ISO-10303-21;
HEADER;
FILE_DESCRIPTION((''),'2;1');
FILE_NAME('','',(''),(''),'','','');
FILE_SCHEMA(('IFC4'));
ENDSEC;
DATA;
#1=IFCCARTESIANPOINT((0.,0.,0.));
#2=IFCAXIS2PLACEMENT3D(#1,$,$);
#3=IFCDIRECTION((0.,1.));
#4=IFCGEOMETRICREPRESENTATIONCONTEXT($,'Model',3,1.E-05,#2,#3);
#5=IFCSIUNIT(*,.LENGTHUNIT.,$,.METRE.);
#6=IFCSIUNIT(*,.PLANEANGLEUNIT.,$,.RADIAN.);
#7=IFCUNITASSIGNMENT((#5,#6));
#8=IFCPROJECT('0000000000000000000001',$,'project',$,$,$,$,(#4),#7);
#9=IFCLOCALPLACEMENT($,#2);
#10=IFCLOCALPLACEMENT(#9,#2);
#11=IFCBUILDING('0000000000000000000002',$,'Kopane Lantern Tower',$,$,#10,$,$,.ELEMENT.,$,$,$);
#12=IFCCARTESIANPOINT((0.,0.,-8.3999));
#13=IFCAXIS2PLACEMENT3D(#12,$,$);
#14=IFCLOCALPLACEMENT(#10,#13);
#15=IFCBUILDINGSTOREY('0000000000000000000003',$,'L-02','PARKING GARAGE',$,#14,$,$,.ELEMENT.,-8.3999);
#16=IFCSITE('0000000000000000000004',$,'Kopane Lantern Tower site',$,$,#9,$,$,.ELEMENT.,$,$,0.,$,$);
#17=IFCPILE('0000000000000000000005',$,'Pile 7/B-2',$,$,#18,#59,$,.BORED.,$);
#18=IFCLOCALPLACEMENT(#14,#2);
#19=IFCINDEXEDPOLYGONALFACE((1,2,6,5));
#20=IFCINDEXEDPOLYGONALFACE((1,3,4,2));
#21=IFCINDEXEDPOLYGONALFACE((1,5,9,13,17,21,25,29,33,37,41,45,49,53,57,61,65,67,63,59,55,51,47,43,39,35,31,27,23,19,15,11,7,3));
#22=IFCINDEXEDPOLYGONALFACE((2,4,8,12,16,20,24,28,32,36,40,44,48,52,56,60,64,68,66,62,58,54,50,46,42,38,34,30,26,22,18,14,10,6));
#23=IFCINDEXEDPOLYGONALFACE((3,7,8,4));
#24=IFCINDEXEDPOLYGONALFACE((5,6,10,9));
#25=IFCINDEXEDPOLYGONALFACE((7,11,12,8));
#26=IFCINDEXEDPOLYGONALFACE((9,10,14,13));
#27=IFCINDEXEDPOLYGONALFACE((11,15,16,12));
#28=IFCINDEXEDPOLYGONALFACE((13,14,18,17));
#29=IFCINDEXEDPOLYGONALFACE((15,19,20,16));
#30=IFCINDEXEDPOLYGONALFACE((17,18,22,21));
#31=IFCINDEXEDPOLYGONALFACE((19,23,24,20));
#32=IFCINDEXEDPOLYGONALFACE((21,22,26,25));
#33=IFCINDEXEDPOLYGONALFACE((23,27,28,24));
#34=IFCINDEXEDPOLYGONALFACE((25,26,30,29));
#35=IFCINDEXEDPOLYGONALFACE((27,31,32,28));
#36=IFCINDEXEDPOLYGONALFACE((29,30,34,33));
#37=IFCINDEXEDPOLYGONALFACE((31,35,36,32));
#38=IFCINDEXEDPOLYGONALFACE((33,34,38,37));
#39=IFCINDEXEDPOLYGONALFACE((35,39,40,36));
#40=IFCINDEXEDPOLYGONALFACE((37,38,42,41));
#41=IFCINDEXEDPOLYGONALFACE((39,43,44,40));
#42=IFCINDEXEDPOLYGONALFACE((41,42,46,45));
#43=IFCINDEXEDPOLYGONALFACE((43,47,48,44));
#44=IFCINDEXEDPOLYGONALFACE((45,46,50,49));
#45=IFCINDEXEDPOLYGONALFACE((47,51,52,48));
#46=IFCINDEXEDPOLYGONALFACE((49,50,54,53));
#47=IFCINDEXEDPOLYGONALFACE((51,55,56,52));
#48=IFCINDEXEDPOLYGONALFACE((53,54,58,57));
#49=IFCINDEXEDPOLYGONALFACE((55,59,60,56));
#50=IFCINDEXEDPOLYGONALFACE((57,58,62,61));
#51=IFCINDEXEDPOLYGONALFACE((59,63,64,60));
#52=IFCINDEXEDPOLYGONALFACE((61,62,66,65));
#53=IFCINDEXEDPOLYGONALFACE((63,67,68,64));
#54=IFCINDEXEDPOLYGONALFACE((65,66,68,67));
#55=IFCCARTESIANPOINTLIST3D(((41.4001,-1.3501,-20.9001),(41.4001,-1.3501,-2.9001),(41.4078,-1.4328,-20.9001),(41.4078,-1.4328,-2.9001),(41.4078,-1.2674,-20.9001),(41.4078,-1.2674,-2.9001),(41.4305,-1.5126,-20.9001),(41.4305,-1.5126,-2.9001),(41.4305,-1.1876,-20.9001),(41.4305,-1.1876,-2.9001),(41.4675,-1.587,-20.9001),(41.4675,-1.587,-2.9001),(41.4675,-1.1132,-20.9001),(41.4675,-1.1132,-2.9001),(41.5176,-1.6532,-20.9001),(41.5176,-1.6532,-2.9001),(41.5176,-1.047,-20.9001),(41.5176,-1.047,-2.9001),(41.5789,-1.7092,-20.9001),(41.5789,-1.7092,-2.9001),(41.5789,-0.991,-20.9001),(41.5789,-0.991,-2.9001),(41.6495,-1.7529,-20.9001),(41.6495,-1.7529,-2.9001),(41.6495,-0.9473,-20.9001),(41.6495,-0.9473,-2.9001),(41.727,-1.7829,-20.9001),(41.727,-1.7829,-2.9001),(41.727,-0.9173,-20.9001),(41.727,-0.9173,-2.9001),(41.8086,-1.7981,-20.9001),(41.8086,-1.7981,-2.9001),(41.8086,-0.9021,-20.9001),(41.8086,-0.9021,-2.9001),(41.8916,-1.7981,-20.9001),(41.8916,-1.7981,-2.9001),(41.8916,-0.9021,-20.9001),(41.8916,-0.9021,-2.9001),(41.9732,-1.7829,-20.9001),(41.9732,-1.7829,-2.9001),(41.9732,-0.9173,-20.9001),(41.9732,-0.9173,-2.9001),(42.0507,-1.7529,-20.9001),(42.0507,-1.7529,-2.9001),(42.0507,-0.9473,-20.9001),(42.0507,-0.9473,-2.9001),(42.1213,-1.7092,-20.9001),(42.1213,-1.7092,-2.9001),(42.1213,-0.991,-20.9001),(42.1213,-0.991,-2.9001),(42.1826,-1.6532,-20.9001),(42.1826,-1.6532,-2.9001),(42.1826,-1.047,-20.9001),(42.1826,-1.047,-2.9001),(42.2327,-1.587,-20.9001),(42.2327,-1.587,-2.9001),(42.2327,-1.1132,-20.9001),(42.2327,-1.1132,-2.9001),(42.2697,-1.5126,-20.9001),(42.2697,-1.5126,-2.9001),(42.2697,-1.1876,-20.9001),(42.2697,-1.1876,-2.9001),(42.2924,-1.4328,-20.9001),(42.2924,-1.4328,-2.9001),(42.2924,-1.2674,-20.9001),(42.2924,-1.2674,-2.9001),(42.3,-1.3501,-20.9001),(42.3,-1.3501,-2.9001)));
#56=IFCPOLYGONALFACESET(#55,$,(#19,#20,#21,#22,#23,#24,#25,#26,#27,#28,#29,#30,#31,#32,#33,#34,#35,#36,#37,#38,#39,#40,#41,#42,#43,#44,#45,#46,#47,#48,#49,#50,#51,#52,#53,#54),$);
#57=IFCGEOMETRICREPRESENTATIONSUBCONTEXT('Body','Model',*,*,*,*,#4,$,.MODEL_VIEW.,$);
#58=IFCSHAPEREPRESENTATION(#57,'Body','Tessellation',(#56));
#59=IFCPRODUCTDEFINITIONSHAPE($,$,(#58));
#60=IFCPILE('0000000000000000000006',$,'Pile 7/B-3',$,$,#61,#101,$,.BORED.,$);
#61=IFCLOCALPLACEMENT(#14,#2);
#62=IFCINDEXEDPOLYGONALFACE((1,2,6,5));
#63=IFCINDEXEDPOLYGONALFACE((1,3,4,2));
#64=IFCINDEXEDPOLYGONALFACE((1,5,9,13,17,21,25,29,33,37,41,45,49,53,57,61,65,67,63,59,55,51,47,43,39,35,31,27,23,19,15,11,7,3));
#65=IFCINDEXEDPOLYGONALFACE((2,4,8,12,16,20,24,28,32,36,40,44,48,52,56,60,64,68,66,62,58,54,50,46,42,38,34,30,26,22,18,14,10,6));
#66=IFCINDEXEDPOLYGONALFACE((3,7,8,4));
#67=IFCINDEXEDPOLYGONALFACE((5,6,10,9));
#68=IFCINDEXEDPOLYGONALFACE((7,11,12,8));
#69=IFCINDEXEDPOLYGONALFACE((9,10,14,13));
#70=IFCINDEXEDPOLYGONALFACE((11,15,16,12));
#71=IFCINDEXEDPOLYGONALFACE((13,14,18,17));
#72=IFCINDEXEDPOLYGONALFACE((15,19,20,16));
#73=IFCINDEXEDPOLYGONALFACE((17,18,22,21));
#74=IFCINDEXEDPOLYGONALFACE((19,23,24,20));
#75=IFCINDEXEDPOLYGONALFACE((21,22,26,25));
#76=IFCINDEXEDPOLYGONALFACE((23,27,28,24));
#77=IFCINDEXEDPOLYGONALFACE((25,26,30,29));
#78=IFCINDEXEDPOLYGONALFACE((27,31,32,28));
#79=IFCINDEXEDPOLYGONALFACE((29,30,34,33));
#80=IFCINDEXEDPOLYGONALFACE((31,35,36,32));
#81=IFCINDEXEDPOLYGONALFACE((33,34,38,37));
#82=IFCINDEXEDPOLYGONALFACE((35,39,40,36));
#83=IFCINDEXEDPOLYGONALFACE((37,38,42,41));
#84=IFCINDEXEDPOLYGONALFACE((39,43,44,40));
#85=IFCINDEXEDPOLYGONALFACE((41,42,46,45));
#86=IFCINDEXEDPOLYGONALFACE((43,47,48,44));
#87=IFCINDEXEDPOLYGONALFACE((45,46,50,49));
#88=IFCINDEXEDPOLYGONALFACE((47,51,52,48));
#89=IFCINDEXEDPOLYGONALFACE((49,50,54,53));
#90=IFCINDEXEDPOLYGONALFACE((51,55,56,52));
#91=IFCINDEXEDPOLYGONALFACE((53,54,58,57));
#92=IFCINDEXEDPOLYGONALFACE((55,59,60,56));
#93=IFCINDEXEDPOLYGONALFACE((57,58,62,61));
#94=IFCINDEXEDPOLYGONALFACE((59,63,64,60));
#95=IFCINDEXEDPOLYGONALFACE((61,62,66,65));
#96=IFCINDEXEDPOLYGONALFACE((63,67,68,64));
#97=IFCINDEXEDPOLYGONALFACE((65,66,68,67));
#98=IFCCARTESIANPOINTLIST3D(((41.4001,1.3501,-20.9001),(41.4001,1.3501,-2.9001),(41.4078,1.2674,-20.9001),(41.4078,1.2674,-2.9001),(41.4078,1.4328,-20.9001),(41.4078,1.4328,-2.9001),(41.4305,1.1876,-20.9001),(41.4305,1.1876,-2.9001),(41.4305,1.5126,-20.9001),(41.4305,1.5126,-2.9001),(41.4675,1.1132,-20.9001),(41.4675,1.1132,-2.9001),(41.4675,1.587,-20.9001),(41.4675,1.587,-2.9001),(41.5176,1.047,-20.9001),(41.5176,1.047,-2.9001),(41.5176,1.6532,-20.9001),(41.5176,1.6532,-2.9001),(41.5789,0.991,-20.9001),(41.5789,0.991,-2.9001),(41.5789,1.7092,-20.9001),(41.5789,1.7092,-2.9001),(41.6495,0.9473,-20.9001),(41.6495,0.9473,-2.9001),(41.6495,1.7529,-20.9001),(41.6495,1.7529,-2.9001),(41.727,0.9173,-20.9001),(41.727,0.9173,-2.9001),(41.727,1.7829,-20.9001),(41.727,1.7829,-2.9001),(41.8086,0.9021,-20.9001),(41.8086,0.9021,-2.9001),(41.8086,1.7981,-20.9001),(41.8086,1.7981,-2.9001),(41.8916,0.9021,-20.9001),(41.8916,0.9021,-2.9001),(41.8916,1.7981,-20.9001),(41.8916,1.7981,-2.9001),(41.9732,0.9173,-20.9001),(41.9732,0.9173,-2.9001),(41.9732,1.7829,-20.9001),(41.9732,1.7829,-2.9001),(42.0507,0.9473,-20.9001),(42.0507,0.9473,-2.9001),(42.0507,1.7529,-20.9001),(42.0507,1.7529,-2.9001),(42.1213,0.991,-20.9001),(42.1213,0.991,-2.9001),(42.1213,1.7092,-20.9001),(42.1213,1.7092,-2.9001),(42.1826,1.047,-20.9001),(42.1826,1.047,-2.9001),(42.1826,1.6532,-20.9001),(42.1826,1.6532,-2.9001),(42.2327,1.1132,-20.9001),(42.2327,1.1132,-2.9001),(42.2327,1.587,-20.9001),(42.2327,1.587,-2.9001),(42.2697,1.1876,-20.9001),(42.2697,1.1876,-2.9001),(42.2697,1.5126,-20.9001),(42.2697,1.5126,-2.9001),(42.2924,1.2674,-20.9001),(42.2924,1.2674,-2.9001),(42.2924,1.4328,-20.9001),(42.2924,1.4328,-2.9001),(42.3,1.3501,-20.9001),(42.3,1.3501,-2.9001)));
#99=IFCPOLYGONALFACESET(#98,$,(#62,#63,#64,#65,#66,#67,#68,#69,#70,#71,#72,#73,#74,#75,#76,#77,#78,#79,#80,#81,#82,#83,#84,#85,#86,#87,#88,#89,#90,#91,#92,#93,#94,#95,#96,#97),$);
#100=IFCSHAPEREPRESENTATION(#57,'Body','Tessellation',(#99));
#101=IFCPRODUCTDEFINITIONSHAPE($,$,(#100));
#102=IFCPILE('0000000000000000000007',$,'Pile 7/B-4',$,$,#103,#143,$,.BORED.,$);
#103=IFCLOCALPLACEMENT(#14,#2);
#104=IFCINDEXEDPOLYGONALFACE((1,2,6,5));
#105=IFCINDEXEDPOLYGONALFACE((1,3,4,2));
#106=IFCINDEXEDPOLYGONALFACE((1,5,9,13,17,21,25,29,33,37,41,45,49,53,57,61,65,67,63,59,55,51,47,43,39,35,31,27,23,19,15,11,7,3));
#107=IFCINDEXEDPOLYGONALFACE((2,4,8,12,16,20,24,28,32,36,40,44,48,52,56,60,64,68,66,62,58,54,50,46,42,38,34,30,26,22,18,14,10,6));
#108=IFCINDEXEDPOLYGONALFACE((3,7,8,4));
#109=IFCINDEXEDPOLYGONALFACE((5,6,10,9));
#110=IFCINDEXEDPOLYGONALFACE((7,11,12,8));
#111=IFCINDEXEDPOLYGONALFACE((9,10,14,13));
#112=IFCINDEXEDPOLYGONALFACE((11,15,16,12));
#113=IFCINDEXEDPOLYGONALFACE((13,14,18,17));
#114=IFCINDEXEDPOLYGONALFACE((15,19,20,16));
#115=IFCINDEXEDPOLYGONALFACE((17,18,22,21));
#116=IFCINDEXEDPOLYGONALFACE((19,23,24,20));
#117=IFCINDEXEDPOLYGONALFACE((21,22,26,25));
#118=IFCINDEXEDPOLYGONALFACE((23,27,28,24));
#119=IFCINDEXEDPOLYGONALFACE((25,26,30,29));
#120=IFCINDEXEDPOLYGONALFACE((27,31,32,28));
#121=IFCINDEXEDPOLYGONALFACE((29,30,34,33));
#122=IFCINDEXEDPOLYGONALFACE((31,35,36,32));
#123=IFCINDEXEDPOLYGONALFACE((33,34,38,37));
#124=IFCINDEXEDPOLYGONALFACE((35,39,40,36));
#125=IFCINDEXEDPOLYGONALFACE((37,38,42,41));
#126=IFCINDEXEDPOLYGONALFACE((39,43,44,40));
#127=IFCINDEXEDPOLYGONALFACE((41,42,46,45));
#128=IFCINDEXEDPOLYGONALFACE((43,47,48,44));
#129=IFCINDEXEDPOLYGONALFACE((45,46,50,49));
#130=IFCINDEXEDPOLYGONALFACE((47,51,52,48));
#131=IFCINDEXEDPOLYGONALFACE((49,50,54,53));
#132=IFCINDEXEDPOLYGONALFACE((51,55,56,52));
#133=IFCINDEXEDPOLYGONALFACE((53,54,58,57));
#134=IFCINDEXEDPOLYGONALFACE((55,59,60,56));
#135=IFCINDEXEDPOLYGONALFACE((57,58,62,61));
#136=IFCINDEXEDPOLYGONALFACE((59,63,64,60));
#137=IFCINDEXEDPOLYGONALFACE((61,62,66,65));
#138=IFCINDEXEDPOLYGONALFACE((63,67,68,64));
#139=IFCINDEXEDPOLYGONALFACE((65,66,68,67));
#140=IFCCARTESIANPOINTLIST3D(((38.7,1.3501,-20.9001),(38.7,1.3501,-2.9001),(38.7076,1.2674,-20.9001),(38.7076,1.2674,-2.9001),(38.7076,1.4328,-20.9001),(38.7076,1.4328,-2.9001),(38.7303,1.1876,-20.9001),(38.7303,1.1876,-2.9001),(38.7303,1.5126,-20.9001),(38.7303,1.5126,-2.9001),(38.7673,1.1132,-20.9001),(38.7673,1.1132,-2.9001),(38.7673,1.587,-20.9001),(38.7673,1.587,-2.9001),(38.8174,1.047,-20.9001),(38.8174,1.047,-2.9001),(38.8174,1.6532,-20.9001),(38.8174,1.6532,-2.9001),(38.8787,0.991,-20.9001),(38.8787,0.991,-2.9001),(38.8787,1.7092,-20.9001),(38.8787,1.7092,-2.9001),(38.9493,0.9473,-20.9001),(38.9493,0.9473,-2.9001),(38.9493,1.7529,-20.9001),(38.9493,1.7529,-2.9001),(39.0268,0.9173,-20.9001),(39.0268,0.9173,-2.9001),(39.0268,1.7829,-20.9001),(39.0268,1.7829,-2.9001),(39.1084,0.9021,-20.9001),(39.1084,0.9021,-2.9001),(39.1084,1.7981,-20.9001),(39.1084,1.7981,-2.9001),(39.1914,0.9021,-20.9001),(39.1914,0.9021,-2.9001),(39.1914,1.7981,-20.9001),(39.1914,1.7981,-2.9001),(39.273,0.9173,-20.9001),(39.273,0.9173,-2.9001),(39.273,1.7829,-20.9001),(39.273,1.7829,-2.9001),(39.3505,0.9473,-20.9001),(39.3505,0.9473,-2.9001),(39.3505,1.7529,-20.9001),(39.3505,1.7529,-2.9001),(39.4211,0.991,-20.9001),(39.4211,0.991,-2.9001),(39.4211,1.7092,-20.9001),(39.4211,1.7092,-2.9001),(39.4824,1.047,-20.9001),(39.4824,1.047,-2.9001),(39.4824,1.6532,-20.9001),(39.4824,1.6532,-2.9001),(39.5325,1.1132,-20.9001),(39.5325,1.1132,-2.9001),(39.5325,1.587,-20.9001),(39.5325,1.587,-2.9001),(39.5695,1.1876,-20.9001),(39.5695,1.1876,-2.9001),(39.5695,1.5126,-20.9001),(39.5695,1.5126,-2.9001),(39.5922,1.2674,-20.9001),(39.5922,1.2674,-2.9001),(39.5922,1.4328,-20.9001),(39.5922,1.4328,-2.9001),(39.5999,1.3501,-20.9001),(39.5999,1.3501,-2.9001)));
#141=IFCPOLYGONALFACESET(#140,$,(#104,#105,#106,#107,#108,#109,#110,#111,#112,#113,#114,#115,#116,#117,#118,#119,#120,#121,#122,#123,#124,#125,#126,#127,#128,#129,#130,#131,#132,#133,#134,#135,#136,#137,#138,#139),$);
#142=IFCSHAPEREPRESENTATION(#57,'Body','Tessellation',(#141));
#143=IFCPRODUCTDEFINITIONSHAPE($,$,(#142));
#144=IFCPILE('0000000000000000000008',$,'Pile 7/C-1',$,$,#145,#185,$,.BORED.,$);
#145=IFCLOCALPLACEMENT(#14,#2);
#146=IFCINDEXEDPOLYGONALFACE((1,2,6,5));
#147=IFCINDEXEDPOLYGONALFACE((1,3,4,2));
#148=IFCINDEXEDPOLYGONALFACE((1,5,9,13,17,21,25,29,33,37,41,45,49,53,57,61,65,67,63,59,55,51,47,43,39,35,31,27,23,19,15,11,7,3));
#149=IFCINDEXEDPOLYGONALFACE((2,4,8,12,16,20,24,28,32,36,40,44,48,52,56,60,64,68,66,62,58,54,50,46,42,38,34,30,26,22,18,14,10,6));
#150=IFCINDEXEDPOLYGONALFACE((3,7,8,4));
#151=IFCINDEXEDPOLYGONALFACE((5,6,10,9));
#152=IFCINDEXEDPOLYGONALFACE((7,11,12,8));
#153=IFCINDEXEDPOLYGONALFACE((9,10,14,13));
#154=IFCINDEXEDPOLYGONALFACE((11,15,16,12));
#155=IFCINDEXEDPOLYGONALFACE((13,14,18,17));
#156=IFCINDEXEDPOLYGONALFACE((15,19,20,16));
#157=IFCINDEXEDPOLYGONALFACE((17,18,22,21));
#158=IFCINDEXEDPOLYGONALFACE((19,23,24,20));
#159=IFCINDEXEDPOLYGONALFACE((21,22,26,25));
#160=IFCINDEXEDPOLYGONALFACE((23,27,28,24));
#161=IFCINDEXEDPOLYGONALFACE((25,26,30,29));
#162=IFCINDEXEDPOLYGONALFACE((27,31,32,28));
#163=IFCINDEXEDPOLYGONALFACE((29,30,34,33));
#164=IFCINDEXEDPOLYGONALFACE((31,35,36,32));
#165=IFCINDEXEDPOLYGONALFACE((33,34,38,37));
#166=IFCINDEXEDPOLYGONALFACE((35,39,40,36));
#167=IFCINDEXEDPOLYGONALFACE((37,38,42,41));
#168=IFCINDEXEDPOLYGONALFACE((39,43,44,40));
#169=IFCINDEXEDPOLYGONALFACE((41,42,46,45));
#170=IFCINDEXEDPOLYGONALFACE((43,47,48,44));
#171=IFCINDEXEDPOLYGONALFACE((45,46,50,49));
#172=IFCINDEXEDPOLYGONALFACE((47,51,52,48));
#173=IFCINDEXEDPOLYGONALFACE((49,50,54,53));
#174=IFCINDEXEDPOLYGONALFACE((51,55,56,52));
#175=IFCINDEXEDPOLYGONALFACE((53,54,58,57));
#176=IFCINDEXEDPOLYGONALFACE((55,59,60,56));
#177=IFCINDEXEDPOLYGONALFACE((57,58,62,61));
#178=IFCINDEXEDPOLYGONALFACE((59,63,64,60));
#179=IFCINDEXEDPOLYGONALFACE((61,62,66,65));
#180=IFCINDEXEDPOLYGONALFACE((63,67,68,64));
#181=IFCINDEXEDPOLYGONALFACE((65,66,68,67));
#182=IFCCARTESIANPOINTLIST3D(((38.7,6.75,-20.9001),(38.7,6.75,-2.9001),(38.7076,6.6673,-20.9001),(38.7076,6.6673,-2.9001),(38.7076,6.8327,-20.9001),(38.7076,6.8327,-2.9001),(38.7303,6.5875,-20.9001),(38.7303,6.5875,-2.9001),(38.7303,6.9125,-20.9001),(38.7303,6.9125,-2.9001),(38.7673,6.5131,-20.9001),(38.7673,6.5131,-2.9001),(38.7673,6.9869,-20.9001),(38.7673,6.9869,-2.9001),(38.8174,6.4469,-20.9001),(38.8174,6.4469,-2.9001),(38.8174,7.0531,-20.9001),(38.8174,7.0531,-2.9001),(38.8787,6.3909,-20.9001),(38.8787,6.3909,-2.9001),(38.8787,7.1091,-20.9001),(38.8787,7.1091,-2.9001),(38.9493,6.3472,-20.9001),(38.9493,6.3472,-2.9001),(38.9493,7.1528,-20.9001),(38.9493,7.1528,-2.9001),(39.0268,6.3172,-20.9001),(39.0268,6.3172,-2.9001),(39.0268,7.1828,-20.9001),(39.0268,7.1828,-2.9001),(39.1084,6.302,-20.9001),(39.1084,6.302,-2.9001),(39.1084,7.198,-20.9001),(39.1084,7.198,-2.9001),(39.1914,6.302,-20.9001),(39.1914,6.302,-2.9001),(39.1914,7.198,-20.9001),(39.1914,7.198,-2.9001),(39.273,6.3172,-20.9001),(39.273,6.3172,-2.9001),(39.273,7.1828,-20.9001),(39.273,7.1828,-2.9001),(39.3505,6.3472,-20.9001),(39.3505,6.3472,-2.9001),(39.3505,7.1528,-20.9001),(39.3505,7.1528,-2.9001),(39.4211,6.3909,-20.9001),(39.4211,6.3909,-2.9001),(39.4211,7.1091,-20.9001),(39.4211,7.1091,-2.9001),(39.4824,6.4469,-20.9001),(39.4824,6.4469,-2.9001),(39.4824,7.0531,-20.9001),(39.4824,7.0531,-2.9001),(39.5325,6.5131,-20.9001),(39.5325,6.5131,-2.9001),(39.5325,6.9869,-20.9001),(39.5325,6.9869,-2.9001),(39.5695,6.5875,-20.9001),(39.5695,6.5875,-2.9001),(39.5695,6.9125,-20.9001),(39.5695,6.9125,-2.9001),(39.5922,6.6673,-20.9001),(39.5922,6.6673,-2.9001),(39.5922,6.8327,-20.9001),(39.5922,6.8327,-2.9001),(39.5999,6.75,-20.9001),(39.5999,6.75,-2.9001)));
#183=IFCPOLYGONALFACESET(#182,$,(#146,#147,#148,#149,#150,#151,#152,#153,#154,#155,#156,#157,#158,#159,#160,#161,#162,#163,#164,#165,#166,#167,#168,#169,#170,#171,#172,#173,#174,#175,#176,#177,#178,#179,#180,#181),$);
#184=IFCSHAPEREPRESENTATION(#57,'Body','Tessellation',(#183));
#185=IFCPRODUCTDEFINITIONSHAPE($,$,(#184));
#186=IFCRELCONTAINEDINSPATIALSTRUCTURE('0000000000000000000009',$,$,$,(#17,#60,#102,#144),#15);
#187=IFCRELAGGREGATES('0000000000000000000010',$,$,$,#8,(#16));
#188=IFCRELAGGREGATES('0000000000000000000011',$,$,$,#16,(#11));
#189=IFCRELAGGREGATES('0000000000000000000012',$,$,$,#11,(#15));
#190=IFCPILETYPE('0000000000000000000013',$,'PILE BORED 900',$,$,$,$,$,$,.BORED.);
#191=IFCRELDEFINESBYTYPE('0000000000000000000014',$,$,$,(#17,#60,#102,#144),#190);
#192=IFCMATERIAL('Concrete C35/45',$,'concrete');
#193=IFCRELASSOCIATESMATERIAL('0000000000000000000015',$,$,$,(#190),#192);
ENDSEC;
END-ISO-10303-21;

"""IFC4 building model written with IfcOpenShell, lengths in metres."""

from ifc_helpers import new_model, si_unit, direction, frame, origin, origin_2d, place, context, subcontext, project, spatial, circle, extrude, material, material_profile, profile_set, type_object, element, save


model = new_model("IFC4")

# Units and contexts
model_context = context("Model", 3, precision=1e-05, world=origin(), true_north=direction((0.0, 1.0)))
body_context = subcontext(model_context, "Body", "Model", "MODEL_VIEW")
ifc_project = project(units=[si_unit("LENGTHUNIT", "METRE"), si_unit("PLANEANGLEUNIT", "RADIAN")], contexts=[model_context])

# Site, building, storey
site_placement = place(None, origin())
site = spatial("IfcSite", under=ifc_project, at=site_placement, Name="Kopane Lantern Tower site", CompositionType="ELEMENT", RefElevation=0.0)
building_placement = place(site_placement, origin())
building = spatial("IfcBuilding", under=site, at=building_placement, Name="Kopane Lantern Tower", CompositionType="ELEMENT")
storey_placement = place(building_placement, frame((0.0, 0.0, -8.3999)))
storey = spatial("IfcBuildingStorey", under=building, at=storey_placement, Name="L-02", Description="PARKING GARAGE", CompositionType="ELEMENT", Elevation=-8.3999)

# Piles
ifc_material_1 = material(Name="Concrete C35/45", Category="concrete")
ifc_material_profile_1 = material_profile(ifc_material_1, circle(Radius=0.45, at=origin_2d()), Name="D900")
ifc_profile_set_1 = profile_set([ifc_material_profile_1], Name="Concrete C35/45")
pile_type = type_object("IfcPileType", Name="PILE BORED 900", PredefinedType="BORED", material=ifc_profile_set_1)
for number, where, z_axis, x_axis, name in (
    (1, (41.8501, -1.3501, -2.9001), (0.0, 0.0, -1.0), (1.0, 0.0, 0.0), "Pile 7/B-2"),
    (2, (41.8501, 1.3501, -2.9001), (0.0, 0.0, -1.0), (1.0, 0.0, 0.0), "Pile 7/B-3"),
    (3, (39.1499, 1.3501, -2.9001), (0.0, 0.0, -1.0), (1.0, 0.0, 0.0), "Pile 7/B-4"),
    (4, (39.1499, 6.75, -2.9001), (0.0, 0.0, -1.0), (1.0, 0.0, 0.0), "Pile 7/C-1"),
):
    element("IfcPile", number, at=place(storey_placement, frame(where, z_axis=z_axis, x_axis=x_axis)), inside=storey, type_object=pile_type, Name=name, PredefinedType="BORED", context=body_context, shape_type="SweptSolid", body=[
        extrude(circle(Radius=0.45, at=origin_2d()), origin(), (0.0, 0.0, 1.0), 18.0),
    ])

save(model, "model.ifc")
